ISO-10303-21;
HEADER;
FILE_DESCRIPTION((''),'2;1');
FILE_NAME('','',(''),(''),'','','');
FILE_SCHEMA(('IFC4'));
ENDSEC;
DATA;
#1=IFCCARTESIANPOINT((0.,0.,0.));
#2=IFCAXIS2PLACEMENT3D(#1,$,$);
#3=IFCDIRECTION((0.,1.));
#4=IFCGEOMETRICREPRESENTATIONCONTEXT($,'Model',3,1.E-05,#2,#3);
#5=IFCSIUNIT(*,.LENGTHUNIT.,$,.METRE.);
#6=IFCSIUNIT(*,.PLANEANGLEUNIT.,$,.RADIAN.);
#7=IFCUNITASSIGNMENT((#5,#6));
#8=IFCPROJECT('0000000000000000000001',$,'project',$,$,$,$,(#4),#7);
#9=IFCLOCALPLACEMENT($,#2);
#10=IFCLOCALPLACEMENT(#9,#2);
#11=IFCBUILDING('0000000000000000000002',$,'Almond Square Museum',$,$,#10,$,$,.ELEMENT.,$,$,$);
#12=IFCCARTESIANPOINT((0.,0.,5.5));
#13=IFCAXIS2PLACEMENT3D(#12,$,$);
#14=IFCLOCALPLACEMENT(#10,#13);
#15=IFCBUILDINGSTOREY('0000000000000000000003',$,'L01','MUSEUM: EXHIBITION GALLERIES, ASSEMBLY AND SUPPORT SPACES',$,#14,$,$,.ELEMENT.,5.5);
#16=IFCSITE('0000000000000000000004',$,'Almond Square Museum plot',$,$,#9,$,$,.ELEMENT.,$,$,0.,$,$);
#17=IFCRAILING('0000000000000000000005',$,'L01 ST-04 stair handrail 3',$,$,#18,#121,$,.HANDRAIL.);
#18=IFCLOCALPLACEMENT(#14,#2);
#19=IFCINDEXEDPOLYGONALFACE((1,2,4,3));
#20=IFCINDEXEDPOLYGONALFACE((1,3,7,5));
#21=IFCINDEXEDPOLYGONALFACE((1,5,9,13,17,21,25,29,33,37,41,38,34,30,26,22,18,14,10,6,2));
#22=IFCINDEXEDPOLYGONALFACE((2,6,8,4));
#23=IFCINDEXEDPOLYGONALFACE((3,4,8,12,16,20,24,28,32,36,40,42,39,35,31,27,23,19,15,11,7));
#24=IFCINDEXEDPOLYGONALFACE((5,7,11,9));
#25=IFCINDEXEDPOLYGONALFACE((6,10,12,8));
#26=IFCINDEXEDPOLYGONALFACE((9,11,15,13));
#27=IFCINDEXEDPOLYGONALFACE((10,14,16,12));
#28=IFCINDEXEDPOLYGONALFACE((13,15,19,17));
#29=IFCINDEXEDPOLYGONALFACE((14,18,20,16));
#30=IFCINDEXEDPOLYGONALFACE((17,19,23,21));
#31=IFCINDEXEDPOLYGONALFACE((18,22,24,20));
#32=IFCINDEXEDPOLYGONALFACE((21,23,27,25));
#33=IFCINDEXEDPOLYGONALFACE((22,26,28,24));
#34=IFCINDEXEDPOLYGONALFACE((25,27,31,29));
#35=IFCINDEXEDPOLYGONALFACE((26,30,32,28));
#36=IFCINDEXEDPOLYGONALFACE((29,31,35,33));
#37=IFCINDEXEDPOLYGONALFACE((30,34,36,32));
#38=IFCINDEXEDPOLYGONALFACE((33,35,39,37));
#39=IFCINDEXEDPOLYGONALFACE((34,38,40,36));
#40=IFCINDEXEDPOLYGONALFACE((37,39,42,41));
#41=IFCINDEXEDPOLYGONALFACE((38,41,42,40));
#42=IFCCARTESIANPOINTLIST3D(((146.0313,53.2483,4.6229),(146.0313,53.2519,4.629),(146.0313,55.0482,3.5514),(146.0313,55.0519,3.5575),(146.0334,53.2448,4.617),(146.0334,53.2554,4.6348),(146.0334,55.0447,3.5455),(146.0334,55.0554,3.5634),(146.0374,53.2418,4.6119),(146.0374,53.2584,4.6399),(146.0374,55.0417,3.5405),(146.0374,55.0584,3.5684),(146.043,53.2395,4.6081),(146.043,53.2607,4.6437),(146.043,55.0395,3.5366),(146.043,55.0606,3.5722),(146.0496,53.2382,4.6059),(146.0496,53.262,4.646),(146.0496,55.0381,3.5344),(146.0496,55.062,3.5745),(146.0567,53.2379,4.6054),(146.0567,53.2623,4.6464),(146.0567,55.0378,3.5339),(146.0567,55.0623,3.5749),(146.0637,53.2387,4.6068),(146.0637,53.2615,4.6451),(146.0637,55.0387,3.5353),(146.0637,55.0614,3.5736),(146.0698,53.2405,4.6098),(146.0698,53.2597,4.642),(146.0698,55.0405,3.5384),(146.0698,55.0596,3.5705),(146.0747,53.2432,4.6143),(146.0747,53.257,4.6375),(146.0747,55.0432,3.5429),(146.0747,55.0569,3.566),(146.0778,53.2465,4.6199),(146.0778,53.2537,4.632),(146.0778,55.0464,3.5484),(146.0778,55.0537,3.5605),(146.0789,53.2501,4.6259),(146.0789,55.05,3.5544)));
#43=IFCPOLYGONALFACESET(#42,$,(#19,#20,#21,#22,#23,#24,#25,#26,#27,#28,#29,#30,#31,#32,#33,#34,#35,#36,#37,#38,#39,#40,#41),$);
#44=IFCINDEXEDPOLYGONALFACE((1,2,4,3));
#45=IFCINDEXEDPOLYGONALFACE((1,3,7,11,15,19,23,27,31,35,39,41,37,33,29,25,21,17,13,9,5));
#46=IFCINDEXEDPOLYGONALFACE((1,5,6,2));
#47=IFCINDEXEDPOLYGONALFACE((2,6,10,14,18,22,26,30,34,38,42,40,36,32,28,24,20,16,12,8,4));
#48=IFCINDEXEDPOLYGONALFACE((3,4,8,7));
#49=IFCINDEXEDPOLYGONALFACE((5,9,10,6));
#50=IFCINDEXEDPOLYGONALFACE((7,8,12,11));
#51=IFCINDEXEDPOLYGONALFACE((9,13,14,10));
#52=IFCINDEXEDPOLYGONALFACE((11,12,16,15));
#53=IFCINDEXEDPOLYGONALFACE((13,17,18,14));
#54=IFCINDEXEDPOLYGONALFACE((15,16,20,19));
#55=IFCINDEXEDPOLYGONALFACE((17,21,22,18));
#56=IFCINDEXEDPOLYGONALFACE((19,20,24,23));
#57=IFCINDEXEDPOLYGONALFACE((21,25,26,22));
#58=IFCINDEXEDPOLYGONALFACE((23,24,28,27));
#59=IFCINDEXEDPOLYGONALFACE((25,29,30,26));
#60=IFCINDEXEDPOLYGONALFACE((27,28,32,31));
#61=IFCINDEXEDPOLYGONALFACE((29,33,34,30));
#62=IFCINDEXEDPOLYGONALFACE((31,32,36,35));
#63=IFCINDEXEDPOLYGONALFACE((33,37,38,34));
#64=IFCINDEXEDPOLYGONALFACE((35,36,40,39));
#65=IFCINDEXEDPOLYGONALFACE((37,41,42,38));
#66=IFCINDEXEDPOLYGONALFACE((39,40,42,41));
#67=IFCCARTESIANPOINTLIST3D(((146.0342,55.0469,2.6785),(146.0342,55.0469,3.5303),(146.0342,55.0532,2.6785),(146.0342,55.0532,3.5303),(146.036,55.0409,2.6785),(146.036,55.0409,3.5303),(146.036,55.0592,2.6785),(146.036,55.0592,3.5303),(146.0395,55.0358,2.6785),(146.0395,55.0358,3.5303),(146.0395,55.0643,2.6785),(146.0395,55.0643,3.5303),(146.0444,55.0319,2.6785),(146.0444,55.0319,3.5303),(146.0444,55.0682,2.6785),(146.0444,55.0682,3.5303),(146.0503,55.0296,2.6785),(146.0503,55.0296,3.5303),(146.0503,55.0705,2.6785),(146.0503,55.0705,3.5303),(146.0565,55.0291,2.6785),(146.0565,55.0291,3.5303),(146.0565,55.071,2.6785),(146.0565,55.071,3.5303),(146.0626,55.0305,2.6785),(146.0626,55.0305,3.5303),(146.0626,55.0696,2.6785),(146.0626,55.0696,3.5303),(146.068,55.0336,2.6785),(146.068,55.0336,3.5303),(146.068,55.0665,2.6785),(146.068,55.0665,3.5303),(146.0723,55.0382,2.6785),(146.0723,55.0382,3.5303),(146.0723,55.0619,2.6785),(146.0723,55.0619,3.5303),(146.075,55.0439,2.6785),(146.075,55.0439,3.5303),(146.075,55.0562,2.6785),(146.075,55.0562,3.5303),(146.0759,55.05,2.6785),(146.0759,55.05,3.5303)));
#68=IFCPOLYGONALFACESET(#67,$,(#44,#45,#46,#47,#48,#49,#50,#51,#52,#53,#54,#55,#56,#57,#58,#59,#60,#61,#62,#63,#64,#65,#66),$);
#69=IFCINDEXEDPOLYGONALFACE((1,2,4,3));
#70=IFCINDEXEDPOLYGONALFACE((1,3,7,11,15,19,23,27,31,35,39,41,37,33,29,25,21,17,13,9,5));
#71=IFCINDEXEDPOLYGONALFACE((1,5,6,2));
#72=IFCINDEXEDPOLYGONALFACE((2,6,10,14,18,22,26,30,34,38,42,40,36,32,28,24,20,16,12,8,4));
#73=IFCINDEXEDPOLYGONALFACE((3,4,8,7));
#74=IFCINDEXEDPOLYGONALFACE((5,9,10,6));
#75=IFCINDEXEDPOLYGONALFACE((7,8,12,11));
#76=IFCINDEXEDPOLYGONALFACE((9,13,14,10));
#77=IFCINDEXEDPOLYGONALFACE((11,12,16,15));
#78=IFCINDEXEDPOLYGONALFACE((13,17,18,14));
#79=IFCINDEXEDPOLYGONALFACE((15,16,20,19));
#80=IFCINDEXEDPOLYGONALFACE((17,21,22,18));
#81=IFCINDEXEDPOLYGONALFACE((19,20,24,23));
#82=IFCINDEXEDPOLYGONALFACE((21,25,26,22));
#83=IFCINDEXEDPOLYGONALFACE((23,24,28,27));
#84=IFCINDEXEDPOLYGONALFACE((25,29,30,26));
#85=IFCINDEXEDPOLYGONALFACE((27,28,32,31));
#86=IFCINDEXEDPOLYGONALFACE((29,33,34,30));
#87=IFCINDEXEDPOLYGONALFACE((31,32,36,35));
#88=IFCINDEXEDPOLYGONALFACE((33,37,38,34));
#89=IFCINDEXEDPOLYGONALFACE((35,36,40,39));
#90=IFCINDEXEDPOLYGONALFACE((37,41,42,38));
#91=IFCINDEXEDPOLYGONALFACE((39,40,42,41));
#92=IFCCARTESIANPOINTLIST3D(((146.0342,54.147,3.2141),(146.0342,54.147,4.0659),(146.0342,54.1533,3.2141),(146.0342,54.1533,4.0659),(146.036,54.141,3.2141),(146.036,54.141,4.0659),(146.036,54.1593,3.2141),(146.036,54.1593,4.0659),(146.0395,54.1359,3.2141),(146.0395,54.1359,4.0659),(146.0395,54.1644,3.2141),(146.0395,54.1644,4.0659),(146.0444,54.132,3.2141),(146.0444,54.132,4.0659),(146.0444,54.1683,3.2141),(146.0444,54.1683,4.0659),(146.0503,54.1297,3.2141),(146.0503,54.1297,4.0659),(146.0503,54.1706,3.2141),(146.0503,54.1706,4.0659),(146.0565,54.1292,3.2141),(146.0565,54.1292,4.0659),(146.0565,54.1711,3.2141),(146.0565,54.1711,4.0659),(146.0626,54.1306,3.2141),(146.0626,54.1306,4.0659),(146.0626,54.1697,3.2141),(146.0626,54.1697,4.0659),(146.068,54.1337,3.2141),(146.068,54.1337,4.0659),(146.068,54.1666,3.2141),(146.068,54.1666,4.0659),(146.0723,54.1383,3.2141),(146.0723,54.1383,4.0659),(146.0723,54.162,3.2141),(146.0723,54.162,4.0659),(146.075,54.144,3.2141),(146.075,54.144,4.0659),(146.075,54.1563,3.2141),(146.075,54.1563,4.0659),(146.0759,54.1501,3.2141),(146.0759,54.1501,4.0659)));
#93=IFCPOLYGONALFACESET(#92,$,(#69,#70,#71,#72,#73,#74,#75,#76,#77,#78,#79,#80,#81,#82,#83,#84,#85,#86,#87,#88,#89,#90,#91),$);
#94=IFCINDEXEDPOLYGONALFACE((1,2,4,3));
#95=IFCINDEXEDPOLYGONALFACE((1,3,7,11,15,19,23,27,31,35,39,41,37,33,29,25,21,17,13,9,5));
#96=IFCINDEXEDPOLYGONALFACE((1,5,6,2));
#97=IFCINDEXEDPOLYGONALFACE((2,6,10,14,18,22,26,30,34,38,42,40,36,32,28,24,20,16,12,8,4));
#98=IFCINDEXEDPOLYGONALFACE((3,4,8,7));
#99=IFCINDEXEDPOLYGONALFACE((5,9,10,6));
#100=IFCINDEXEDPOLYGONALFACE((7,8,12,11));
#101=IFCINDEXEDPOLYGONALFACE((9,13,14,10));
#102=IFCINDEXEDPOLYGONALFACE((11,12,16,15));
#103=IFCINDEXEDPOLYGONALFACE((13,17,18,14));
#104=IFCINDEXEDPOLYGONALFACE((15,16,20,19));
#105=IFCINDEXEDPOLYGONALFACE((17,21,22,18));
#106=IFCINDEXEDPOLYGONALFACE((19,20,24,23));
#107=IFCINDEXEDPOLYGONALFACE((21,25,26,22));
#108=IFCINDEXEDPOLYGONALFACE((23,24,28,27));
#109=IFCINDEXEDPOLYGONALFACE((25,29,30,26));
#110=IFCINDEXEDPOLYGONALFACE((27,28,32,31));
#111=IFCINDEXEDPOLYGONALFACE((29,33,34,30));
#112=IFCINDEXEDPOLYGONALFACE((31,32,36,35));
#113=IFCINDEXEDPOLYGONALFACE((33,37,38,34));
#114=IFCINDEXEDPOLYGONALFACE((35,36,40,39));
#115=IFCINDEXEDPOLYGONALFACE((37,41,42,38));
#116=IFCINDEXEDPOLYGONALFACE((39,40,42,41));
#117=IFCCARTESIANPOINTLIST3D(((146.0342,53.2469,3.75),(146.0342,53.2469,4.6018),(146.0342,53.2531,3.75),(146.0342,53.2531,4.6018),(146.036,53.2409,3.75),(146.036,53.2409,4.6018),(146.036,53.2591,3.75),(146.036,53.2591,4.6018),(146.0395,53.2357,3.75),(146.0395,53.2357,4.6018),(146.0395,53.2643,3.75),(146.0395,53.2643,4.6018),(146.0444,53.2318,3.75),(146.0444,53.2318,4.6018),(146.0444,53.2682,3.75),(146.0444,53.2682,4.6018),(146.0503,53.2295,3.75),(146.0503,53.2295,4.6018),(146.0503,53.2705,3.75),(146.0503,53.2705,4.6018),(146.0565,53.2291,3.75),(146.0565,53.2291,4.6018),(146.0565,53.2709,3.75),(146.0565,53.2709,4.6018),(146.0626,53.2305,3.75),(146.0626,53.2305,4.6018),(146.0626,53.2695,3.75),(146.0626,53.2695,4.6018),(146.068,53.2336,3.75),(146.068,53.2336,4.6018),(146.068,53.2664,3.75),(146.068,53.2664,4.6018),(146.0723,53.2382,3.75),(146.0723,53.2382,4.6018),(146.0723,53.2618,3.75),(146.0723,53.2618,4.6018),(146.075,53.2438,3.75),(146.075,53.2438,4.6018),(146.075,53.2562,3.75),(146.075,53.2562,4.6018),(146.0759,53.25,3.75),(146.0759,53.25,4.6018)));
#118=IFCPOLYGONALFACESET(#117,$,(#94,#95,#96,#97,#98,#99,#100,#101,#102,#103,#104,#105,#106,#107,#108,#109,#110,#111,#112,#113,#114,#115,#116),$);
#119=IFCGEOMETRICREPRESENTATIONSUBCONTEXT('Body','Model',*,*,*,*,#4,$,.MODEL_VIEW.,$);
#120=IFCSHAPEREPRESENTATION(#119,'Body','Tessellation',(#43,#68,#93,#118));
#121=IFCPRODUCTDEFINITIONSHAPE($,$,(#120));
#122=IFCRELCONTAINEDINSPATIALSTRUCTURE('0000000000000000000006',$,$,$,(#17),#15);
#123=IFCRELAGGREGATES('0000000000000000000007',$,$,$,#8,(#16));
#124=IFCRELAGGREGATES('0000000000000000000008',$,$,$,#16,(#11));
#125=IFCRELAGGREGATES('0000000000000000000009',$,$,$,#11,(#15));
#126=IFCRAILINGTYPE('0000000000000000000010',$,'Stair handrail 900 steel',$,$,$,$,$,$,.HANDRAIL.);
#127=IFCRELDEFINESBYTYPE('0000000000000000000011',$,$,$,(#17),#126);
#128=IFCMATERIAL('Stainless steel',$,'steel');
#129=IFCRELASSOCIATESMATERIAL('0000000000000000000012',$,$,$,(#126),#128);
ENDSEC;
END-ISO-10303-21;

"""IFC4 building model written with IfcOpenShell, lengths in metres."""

from ifc_helpers import new_model, si_unit, direction, frame, origin, origin_2d, place, context, subcontext, project, spatial, circle, extrude, material, type_object, element, save


model = new_model("IFC4")

# Units and contexts
model_context = context("Model", 3, precision=1e-05, world=origin(), true_north=direction((0.0, 1.0)))
body_context = subcontext(model_context, "Body", "Model", "MODEL_VIEW")
ifc_project = project(units=[si_unit("LENGTHUNIT", "METRE"), si_unit("PLANEANGLEUNIT", "RADIAN")], contexts=[model_context])

# Site, building, storey
site_placement = place(None, origin())
site = spatial("IfcSite", under=ifc_project, at=site_placement, Name="Almond Square Museum plot", CompositionType="ELEMENT", RefElevation=0.0)
building_placement = place(site_placement, origin())
building = spatial("IfcBuilding", under=site, at=building_placement, Name="Almond Square Museum", CompositionType="ELEMENT")
storey_placement = place(building_placement, frame((0.0, 0.0, 5.5)))
storey = spatial("IfcBuildingStorey", under=building, at=storey_placement, Name="L01", Description="MUSEUM: EXHIBITION GALLERIES, ASSEMBLY AND SUPPORT SPACES", CompositionType="ELEMENT", Elevation=5.5)

# Railing
ifc_material_1 = material(Name="Stainless steel", Category="steel")
railing_type_1 = type_object("IfcRailingType", Name="Stair handrail 900 steel", PredefinedType="HANDRAIL", material=ifc_material_1)
railing_1_placement = place(storey_placement, frame((146.0549, 55.05, 2.6785)))
element("IfcRailing", 1, at=railing_1_placement, inside=storey, type_object=railing_type_1, Name="L01 ST-04 stair handrail 3", PredefinedType="HANDRAIL", context=body_context, shape_type="SweptSolid", body=[
    extrude(circle(Radius=0.0239, at=origin_2d()), frame((0.0, 0.0, 0.876), z_axis=(0.0, -0.859277, 0.51151), x_axis=(1.0, 0.0, 0.0)), (0.0, 0.0, 1.0), 2.0947),
    extrude(circle(Radius=0.021, at=origin_2d()), origin(), (0.0, 0.0, 1.0), 0.8518),
    extrude(circle(Radius=0.021, at=origin_2d()), frame((0.0, -0.8999, 0.5356)), (0.0, 0.0, 1.0), 0.8518),
    extrude(circle(Radius=0.021, at=origin_2d()), frame((0.0, -1.8, 1.0715)), (0.0, 0.0, 1.0), 0.8518),
])

save(model, "model.ifc")
